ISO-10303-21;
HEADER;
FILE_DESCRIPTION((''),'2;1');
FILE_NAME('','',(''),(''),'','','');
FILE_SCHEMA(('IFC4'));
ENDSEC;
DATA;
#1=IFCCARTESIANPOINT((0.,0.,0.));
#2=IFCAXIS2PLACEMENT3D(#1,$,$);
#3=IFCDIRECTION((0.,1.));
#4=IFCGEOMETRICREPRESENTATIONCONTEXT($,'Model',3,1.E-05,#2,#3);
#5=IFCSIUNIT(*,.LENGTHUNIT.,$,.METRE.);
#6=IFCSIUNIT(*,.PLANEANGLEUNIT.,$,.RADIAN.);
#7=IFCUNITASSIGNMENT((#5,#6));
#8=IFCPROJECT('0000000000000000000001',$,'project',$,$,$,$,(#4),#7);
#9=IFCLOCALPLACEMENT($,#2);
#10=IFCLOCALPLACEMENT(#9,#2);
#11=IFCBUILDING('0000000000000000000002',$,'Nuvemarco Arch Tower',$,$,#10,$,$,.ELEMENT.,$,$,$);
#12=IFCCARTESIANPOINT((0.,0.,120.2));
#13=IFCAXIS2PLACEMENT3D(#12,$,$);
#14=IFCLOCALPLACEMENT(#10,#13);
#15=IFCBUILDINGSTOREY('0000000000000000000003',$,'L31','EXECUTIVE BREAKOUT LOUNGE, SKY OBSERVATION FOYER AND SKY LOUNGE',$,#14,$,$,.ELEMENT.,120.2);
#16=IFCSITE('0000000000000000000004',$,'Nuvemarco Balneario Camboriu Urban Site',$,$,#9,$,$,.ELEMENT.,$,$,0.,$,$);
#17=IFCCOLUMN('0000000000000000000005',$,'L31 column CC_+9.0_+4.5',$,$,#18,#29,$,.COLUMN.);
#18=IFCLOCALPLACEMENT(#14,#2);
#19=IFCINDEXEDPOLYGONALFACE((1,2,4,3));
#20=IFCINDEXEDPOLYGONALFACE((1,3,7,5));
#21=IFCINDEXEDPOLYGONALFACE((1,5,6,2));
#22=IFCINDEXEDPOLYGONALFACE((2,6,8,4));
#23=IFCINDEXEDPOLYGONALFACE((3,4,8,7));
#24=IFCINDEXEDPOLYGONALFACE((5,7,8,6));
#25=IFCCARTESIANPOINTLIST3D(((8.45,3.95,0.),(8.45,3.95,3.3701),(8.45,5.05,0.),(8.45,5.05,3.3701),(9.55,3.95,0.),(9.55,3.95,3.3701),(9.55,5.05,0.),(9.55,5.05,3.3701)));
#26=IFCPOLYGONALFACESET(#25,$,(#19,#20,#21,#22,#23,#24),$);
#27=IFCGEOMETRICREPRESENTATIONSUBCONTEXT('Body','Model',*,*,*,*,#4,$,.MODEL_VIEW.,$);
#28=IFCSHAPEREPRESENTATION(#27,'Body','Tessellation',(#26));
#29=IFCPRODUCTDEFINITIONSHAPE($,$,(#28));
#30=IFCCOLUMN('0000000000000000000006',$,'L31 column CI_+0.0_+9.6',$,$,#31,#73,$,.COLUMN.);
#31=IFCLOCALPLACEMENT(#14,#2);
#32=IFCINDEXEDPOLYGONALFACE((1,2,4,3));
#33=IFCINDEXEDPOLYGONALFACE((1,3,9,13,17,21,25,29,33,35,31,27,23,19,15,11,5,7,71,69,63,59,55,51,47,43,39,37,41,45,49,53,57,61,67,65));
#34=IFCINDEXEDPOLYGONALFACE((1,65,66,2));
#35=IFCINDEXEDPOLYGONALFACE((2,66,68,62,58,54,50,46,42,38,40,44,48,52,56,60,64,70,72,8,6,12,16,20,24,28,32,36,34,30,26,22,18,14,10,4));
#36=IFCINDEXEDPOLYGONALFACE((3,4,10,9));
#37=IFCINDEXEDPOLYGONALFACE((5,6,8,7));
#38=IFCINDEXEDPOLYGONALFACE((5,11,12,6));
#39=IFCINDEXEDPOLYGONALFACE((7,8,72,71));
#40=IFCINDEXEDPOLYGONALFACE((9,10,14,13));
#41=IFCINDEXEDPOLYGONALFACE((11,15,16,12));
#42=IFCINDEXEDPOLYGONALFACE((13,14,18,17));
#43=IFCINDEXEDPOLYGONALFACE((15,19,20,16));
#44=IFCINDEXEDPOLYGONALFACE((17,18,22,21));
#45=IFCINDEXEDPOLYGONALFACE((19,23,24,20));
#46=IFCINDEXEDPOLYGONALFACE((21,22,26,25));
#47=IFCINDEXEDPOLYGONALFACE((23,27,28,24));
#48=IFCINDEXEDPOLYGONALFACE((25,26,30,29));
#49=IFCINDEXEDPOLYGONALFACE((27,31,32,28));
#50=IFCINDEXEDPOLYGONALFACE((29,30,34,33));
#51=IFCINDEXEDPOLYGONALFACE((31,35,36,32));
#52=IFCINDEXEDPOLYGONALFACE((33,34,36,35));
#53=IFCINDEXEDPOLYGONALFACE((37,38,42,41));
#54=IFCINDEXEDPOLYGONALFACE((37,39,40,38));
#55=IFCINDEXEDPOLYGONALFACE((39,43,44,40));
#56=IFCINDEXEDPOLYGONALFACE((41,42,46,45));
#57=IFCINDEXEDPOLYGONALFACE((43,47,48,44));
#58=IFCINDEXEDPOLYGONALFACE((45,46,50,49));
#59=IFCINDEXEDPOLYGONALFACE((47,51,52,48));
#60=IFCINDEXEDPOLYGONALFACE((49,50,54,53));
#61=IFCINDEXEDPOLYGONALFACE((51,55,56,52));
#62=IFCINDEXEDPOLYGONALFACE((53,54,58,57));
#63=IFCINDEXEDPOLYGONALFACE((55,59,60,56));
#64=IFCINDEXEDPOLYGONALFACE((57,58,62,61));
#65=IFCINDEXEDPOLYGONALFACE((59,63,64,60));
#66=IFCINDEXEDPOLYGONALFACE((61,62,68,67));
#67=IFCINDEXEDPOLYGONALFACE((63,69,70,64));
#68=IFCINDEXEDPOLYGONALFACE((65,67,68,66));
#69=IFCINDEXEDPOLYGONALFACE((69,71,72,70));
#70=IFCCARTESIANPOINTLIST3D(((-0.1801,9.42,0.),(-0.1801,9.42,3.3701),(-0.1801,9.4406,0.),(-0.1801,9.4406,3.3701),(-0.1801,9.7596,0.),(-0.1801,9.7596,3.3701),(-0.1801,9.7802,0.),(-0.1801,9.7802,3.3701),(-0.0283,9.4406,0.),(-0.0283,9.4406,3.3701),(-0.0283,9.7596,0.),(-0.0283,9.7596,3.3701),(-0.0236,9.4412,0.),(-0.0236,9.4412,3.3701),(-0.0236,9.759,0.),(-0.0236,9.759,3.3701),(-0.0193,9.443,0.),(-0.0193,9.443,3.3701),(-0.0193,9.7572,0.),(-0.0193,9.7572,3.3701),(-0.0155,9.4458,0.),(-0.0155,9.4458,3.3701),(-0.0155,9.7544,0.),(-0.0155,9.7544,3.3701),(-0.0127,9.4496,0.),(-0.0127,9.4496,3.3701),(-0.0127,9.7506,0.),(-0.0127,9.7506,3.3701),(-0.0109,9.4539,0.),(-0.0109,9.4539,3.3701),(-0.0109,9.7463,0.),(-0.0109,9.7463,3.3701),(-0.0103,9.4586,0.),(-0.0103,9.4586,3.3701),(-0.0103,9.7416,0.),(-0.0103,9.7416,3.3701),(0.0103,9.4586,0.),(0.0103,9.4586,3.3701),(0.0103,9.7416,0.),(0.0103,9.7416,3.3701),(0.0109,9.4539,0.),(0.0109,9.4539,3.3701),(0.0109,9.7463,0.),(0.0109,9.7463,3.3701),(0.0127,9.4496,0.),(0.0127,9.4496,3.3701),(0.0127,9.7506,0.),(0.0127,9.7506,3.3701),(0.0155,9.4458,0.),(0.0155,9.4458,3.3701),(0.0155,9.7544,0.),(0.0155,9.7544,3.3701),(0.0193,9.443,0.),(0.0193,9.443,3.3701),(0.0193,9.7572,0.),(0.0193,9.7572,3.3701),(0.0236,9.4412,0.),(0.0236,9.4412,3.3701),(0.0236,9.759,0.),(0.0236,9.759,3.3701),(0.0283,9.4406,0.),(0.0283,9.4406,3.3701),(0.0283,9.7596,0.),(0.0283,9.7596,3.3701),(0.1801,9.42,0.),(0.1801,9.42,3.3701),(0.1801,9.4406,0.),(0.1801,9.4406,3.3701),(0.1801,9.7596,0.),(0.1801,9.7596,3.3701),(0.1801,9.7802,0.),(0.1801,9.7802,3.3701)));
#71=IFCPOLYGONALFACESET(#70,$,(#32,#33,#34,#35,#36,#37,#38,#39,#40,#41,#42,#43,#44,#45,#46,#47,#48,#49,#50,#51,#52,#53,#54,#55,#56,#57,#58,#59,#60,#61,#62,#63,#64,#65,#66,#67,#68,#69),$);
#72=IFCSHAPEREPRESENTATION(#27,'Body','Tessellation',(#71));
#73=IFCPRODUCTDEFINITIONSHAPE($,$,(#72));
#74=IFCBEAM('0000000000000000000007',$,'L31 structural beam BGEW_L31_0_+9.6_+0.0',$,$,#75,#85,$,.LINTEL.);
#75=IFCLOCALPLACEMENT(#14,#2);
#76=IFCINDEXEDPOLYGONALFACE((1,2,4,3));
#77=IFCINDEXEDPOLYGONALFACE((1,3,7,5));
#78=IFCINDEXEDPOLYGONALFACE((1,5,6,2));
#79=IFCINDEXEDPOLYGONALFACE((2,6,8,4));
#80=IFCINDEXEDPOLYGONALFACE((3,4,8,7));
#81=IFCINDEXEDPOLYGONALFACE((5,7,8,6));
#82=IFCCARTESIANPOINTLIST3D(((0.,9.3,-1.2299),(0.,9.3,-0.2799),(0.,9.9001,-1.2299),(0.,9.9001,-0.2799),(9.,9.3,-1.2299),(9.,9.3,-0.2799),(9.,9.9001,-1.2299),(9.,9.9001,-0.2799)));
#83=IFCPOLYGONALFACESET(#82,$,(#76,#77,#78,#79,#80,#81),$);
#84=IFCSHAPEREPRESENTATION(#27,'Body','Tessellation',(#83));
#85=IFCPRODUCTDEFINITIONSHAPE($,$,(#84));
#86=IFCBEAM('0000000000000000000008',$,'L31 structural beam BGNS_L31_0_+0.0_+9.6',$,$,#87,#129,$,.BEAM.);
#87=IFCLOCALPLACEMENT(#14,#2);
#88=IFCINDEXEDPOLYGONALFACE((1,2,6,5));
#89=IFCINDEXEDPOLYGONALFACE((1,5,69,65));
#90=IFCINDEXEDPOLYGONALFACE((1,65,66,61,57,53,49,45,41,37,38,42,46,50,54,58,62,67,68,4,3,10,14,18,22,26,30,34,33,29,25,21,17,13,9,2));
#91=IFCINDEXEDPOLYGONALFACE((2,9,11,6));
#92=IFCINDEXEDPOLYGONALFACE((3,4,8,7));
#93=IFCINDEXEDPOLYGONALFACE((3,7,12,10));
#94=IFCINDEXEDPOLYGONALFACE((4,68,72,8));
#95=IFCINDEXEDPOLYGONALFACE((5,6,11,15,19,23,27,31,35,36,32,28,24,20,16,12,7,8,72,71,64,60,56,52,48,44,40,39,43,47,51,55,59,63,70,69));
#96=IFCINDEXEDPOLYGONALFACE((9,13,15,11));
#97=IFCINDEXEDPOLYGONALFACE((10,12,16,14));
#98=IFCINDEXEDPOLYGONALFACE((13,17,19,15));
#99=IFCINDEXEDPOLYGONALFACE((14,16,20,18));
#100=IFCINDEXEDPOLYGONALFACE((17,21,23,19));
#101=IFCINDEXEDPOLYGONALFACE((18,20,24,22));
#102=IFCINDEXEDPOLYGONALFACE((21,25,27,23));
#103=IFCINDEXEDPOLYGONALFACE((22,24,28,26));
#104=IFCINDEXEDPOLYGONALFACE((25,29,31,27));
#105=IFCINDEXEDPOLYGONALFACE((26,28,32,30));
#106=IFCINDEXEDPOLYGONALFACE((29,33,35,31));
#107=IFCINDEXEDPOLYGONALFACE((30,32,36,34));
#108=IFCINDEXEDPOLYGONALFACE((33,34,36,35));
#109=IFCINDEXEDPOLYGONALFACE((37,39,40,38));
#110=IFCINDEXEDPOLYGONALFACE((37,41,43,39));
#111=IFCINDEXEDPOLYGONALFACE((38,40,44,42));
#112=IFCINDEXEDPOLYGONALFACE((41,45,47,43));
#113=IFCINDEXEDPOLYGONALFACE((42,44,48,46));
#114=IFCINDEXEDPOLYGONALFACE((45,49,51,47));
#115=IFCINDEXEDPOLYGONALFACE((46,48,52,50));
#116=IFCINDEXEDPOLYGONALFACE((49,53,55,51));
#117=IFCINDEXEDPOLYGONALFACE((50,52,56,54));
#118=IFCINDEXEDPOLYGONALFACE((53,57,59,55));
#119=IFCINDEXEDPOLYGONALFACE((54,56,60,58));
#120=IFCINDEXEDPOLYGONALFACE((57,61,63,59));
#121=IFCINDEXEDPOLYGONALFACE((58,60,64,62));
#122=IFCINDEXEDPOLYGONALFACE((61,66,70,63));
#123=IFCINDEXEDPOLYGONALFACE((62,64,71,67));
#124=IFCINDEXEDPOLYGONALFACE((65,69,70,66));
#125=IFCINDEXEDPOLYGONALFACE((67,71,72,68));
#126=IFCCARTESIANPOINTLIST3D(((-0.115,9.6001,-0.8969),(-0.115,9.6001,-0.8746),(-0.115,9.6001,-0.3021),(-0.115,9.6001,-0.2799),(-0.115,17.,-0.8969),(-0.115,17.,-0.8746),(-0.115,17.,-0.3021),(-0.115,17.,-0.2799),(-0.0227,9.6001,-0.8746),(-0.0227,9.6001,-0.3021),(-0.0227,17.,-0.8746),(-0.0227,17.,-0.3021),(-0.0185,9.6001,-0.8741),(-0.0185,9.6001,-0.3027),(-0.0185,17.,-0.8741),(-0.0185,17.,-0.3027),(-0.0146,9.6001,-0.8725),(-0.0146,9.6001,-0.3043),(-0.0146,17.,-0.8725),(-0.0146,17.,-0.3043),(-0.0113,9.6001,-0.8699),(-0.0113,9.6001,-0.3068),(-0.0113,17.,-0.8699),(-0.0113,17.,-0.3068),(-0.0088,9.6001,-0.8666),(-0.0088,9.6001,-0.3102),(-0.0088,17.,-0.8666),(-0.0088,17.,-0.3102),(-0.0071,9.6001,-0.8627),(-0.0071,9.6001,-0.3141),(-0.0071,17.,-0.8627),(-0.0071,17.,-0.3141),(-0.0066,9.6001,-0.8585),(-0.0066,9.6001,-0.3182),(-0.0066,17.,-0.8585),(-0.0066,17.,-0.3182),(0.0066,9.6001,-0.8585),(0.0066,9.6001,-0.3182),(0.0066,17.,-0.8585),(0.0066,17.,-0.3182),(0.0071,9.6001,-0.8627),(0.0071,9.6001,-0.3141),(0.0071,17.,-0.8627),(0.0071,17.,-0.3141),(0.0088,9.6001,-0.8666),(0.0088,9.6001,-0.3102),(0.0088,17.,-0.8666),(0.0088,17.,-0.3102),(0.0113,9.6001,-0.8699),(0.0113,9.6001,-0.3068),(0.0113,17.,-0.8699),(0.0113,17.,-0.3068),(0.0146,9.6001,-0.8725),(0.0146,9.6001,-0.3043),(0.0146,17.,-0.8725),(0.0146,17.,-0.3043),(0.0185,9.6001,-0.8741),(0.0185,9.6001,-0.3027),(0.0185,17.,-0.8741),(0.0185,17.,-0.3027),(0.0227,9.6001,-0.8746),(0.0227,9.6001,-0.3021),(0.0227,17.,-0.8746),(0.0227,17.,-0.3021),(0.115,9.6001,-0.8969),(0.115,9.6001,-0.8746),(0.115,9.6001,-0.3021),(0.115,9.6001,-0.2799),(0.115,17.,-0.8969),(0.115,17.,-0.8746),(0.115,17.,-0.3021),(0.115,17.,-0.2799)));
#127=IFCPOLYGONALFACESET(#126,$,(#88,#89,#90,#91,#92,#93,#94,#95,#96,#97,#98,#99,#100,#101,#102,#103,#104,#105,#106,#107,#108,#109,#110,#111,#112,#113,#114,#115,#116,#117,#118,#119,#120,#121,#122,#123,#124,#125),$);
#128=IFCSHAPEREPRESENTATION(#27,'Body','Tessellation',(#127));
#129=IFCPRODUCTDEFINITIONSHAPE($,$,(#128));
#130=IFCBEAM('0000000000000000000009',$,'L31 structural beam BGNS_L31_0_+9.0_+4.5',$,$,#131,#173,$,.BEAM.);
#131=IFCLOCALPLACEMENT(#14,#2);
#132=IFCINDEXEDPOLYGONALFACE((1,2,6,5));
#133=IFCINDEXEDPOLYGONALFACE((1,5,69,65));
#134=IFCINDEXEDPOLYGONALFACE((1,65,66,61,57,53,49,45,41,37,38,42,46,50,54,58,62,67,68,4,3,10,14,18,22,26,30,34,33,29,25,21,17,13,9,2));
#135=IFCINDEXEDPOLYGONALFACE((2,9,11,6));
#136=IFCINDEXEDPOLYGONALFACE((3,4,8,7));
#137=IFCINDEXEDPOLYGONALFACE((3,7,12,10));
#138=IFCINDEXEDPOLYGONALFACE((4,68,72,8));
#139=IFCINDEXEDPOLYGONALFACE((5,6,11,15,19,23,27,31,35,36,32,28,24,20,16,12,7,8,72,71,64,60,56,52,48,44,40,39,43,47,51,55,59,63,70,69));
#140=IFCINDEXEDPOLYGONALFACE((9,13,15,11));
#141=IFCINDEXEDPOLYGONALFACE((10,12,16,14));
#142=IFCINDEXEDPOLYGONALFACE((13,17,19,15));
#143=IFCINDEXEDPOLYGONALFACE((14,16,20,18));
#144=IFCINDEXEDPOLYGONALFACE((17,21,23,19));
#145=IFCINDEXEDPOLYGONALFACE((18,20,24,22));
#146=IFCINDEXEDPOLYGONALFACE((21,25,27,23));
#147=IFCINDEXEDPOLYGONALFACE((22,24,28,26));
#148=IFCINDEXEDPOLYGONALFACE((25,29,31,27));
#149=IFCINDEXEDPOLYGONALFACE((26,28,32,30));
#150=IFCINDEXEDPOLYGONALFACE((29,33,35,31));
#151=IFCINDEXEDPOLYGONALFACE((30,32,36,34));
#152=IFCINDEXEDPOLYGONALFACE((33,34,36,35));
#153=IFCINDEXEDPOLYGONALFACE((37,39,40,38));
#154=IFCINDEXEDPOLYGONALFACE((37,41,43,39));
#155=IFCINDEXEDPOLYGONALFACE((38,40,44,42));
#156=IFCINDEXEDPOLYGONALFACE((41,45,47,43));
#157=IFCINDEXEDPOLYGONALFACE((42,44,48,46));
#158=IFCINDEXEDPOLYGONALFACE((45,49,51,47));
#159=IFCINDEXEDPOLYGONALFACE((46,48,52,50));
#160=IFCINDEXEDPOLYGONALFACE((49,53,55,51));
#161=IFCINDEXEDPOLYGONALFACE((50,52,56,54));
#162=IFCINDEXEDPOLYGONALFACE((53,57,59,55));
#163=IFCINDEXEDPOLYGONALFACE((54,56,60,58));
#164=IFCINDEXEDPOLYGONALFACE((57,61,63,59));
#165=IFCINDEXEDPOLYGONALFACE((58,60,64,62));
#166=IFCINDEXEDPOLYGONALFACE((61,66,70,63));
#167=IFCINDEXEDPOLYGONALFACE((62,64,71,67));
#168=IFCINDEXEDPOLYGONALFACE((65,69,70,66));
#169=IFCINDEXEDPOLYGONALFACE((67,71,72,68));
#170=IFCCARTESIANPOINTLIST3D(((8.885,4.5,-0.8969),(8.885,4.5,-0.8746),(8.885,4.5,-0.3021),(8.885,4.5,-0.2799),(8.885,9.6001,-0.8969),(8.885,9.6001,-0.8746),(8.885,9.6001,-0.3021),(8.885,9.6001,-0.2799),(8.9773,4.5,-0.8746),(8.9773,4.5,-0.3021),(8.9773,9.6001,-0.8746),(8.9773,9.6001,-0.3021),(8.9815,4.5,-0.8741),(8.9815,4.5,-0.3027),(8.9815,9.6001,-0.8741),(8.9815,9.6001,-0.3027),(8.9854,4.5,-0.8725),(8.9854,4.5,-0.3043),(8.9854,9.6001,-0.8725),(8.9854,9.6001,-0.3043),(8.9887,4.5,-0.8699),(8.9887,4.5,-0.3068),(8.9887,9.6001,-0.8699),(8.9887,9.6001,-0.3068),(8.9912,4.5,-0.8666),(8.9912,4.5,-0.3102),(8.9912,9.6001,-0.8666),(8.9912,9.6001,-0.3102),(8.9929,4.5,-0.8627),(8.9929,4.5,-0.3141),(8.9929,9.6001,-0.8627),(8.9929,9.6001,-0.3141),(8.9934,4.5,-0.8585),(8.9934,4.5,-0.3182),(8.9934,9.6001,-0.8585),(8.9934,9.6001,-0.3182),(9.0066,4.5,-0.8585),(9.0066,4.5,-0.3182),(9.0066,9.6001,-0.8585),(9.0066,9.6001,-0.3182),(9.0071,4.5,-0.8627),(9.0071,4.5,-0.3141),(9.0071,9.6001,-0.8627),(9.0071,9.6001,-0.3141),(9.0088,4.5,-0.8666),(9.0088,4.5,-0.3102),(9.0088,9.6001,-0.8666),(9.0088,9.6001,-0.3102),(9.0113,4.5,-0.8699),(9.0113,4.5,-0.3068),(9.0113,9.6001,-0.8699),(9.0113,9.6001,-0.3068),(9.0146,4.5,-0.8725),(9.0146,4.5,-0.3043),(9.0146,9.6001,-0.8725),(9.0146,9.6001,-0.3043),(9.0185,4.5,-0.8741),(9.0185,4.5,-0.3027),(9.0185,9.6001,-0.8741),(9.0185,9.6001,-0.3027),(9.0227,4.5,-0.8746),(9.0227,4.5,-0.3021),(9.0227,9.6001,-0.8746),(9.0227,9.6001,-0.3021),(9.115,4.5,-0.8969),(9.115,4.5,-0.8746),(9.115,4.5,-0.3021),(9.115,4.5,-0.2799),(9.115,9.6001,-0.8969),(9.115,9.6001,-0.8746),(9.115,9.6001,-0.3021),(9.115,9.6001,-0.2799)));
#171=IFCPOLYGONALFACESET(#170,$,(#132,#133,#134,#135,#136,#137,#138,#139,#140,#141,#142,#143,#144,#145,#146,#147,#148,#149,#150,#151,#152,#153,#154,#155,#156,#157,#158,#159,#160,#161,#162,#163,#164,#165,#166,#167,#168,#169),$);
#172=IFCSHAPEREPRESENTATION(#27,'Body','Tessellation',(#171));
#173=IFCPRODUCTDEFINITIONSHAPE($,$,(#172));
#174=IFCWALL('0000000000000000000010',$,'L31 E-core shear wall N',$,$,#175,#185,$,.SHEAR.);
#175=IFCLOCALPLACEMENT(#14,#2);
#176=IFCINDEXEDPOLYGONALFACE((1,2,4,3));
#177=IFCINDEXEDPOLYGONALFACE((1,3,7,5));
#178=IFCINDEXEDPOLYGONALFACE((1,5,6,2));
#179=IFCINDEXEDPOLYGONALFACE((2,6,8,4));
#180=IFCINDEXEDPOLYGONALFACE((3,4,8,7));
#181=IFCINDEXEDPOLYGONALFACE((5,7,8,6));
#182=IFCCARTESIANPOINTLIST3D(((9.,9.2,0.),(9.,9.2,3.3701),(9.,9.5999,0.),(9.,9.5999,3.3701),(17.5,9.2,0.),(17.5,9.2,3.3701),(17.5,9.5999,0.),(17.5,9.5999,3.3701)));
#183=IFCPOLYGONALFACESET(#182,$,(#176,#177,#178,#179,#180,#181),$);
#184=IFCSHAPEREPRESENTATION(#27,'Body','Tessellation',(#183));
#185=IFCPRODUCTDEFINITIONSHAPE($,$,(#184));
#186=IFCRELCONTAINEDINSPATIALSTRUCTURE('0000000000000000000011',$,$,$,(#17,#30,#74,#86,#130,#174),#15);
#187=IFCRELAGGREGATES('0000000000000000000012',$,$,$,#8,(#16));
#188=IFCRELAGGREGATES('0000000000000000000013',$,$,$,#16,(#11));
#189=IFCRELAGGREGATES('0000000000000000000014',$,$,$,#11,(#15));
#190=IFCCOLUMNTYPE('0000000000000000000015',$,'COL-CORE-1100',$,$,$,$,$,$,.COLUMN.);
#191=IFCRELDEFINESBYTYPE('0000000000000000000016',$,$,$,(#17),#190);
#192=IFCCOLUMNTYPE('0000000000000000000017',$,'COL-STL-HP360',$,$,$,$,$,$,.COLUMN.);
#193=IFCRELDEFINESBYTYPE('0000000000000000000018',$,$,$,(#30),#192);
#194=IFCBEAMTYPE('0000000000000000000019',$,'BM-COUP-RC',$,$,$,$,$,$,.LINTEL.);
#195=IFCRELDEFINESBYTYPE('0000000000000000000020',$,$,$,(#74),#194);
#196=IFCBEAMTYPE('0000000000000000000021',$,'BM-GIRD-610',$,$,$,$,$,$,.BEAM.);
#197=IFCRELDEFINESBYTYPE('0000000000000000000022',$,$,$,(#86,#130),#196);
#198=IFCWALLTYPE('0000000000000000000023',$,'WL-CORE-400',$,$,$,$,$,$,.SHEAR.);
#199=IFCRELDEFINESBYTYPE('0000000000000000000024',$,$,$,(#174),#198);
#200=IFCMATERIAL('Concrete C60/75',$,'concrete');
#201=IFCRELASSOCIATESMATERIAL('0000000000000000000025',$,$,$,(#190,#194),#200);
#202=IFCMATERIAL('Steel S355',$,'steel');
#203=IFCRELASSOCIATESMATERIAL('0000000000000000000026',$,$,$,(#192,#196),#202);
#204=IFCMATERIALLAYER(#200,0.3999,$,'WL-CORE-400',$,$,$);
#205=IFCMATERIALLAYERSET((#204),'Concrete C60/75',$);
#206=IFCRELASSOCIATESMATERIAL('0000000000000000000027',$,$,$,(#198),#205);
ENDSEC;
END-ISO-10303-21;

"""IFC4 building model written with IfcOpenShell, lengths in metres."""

from ifc_helpers import new_model, si_unit, direction, frame, frame_2d, origin, origin_2d, place, context, subcontext, project, spatial, rectangle, i_section, extrude, material, layer, layer_set, material_profile, profile_set, type_object, element, save


model = new_model("IFC4")

# Units and contexts
model_context = context("Model", 3, precision=1e-05, world=origin(), true_north=direction((0.0, 1.0)))
body_context = subcontext(model_context, "Body", "Model", "MODEL_VIEW")
ifc_project = project(units=[si_unit("LENGTHUNIT", "METRE"), si_unit("PLANEANGLEUNIT", "RADIAN")], contexts=[model_context])

# Site, building, storey
site_placement = place(None, origin())
site = spatial("IfcSite", under=ifc_project, at=site_placement, Name="Nuvemarco Balneario Camboriu Urban Site", CompositionType="ELEMENT", RefElevation=0.0)
building_placement = place(site_placement, origin())
building = spatial("IfcBuilding", under=site, at=building_placement, Name="Nuvemarco Arch Tower", CompositionType="ELEMENT")
storey_placement = place(building_placement, frame((0.0, 0.0, 120.2)))
storey = spatial("IfcBuildingStorey", under=building, at=storey_placement, Name="L31", Description="EXECUTIVE BREAKOUT LOUNGE, SKY OBSERVATION FOYER AND SKY LOUNGE", CompositionType="ELEMENT", Elevation=120.2)

# Columns
ifc_material_1 = material(Name="Concrete C60/75", Category="concrete")
ifc_material_profile_1 = material_profile(ifc_material_1, rectangle(XDim=1.1001, YDim=1.1001, at=origin_2d()), Name="RC-COL-1100x1100")
ifc_profile_set_1 = profile_set([ifc_material_profile_1], Name="Concrete C60/75")
column_type_1 = type_object("IfcColumnType", Name="COL-CORE-1100", PredefinedType="COLUMN", material=ifc_profile_set_1)
column_1_placement = place(storey_placement, frame((9.0, 4.5, 0.0), z_axis=(0.0, 0.0, 1.0), x_axis=(1.0, 0.0, 0.0)))
element("IfcColumn", 1, at=column_1_placement, inside=storey, type_object=column_type_1, Name="L31 column CC_+9.0_+4.5", PredefinedType="COLUMN", context=body_context, shape_type="SweptSolid", body=[
    extrude(rectangle(XDim=1.1001, YDim=1.1001, at=origin_2d()), origin(), (0.0, 0.0, 1.0), 3.3701),
])
ifc_material_2 = material(Name="Steel S355", Category="steel")
ifc_material_profile_2 = material_profile(ifc_material_2, i_section(OverallWidth=0.3601, OverallDepth=0.3601, WebThickness=0.0205, FlangeThickness=0.0205, FilletRadius=0.0181, at=origin_2d()), Name="HP360x174")
ifc_profile_set_2 = profile_set([ifc_material_profile_2], Name="Steel S355")
column_type_2 = type_object("IfcColumnType", Name="COL-STL-HP360", PredefinedType="COLUMN", material=ifc_profile_set_2)
column_2_placement = place(storey_placement, frame((0.0, 9.6001, 0.0), z_axis=(0.0, 0.0, 1.0), x_axis=(1.0, 0.0, 0.0)))
element("IfcColumn", 2, at=column_2_placement, inside=storey, type_object=column_type_2, Name="L31 column CI_+0.0_+9.6", PredefinedType="COLUMN", context=body_context, shape_type="SweptSolid", body=[
    extrude(i_section(OverallWidth=0.3601, OverallDepth=0.3601, WebThickness=0.0205, FlangeThickness=0.0205, FilletRadius=0.0181, at=origin_2d()), origin(), (0.0, 0.0, 1.0), 3.3701),
])

# Beams
ifc_material_profile_3 = material_profile(ifc_material_1, rectangle(XDim=0.6001, YDim=0.95, at=origin_2d()), Name="RC-BM-600x950")
ifc_profile_set_3 = profile_set([ifc_material_profile_3], Name="Concrete C60/75")
beam_type_1 = type_object("IfcBeamType", Name="BM-COUP-RC", PredefinedType="LINTEL", material=ifc_profile_set_3)
beam_1_placement = place(storey_placement, frame((0.0, 9.6001, -0.7549), z_axis=(1.0, 0.0, 0.0), x_axis=(0.0, 1.0, 0.0)))
element("IfcBeam", 3, at=beam_1_placement, inside=storey, type_object=beam_type_1, Name="L31 structural beam BGEW_L31_0_+9.6_+0.0", PredefinedType="LINTEL", context=body_context, shape_type="SweptSolid", body=[
    extrude(rectangle(XDim=0.6001, YDim=0.95, at=origin_2d()), origin(), (0.0, 0.0, 1.0), 9.0),
])
ifc_material_profile_4 = material_profile(ifc_material_2, i_section(OverallWidth=0.23, OverallDepth=0.6169, WebThickness=0.0132, FlangeThickness=0.0222, FilletRadius=0.0161, at=origin_2d()), Name="W610x140")
ifc_profile_set_4 = profile_set([ifc_material_profile_4], Name="Steel S355")
beam_type_2 = type_object("IfcBeamType", Name="BM-GIRD-610", PredefinedType="BEAM", material=ifc_profile_set_4)
beam_2_placement = place(storey_placement, frame((0.0, 9.6001, -0.5884), z_axis=(0.0, 1.0, 0.0), x_axis=(-1.0, 0.0, 0.0)))
element("IfcBeam", 4, at=beam_2_placement, inside=storey, type_object=beam_type_2, Name="L31 structural beam BGNS_L31_0_+0.0_+9.6", PredefinedType="BEAM", context=body_context, shape_type="SweptSolid", body=[
    extrude(i_section(OverallWidth=0.23, OverallDepth=0.6169, WebThickness=0.0132, FlangeThickness=0.0222, FilletRadius=0.0161, at=origin_2d()), origin(), (0.0, 0.0, 1.0), 7.3999),
])
beam_3_placement = place(storey_placement, frame((9.0, 4.5, -0.5884), z_axis=(0.0, 1.0, 0.0), x_axis=(-1.0, 0.0, 0.0)))
element("IfcBeam", 5, at=beam_3_placement, inside=storey, type_object=beam_type_2, Name="L31 structural beam BGNS_L31_0_+9.0_+4.5", PredefinedType="BEAM", context=body_context, shape_type="SweptSolid", body=[
    extrude(i_section(OverallWidth=0.23, OverallDepth=0.6169, WebThickness=0.0132, FlangeThickness=0.0222, FilletRadius=0.0161, at=origin_2d()), origin(), (0.0, 0.0, 1.0), 5.1001),
])

# Wall
ifc_layer_1 = layer(ifc_material_1, 0.3999, Name="WL-CORE-400")
ifc_layer_set_1 = layer_set([ifc_layer_1], Name="Concrete C60/75")
wall_type_1 = type_object("IfcWallType", Name="WL-CORE-400", PredefinedType="SHEAR", material=ifc_layer_set_1)
wall_1_placement = place(storey_placement, frame((9.0, 9.3999, 0.0), z_axis=(0.0, 0.0, 1.0), x_axis=(1.0, 0.0, 0.0)))
element("IfcWall", 6, at=wall_1_placement, inside=storey, type_object=wall_type_1, Name="L31 E-core shear wall N", PredefinedType="SHEAR", context=body_context, shape_type="SweptSolid", body=[
    extrude(rectangle(XDim=8.5, YDim=0.3999, at=frame_2d((4.25, 0.0))), origin(), (0.0, 0.0, 1.0), 3.3701),
])

save(model, "model.ifc")
